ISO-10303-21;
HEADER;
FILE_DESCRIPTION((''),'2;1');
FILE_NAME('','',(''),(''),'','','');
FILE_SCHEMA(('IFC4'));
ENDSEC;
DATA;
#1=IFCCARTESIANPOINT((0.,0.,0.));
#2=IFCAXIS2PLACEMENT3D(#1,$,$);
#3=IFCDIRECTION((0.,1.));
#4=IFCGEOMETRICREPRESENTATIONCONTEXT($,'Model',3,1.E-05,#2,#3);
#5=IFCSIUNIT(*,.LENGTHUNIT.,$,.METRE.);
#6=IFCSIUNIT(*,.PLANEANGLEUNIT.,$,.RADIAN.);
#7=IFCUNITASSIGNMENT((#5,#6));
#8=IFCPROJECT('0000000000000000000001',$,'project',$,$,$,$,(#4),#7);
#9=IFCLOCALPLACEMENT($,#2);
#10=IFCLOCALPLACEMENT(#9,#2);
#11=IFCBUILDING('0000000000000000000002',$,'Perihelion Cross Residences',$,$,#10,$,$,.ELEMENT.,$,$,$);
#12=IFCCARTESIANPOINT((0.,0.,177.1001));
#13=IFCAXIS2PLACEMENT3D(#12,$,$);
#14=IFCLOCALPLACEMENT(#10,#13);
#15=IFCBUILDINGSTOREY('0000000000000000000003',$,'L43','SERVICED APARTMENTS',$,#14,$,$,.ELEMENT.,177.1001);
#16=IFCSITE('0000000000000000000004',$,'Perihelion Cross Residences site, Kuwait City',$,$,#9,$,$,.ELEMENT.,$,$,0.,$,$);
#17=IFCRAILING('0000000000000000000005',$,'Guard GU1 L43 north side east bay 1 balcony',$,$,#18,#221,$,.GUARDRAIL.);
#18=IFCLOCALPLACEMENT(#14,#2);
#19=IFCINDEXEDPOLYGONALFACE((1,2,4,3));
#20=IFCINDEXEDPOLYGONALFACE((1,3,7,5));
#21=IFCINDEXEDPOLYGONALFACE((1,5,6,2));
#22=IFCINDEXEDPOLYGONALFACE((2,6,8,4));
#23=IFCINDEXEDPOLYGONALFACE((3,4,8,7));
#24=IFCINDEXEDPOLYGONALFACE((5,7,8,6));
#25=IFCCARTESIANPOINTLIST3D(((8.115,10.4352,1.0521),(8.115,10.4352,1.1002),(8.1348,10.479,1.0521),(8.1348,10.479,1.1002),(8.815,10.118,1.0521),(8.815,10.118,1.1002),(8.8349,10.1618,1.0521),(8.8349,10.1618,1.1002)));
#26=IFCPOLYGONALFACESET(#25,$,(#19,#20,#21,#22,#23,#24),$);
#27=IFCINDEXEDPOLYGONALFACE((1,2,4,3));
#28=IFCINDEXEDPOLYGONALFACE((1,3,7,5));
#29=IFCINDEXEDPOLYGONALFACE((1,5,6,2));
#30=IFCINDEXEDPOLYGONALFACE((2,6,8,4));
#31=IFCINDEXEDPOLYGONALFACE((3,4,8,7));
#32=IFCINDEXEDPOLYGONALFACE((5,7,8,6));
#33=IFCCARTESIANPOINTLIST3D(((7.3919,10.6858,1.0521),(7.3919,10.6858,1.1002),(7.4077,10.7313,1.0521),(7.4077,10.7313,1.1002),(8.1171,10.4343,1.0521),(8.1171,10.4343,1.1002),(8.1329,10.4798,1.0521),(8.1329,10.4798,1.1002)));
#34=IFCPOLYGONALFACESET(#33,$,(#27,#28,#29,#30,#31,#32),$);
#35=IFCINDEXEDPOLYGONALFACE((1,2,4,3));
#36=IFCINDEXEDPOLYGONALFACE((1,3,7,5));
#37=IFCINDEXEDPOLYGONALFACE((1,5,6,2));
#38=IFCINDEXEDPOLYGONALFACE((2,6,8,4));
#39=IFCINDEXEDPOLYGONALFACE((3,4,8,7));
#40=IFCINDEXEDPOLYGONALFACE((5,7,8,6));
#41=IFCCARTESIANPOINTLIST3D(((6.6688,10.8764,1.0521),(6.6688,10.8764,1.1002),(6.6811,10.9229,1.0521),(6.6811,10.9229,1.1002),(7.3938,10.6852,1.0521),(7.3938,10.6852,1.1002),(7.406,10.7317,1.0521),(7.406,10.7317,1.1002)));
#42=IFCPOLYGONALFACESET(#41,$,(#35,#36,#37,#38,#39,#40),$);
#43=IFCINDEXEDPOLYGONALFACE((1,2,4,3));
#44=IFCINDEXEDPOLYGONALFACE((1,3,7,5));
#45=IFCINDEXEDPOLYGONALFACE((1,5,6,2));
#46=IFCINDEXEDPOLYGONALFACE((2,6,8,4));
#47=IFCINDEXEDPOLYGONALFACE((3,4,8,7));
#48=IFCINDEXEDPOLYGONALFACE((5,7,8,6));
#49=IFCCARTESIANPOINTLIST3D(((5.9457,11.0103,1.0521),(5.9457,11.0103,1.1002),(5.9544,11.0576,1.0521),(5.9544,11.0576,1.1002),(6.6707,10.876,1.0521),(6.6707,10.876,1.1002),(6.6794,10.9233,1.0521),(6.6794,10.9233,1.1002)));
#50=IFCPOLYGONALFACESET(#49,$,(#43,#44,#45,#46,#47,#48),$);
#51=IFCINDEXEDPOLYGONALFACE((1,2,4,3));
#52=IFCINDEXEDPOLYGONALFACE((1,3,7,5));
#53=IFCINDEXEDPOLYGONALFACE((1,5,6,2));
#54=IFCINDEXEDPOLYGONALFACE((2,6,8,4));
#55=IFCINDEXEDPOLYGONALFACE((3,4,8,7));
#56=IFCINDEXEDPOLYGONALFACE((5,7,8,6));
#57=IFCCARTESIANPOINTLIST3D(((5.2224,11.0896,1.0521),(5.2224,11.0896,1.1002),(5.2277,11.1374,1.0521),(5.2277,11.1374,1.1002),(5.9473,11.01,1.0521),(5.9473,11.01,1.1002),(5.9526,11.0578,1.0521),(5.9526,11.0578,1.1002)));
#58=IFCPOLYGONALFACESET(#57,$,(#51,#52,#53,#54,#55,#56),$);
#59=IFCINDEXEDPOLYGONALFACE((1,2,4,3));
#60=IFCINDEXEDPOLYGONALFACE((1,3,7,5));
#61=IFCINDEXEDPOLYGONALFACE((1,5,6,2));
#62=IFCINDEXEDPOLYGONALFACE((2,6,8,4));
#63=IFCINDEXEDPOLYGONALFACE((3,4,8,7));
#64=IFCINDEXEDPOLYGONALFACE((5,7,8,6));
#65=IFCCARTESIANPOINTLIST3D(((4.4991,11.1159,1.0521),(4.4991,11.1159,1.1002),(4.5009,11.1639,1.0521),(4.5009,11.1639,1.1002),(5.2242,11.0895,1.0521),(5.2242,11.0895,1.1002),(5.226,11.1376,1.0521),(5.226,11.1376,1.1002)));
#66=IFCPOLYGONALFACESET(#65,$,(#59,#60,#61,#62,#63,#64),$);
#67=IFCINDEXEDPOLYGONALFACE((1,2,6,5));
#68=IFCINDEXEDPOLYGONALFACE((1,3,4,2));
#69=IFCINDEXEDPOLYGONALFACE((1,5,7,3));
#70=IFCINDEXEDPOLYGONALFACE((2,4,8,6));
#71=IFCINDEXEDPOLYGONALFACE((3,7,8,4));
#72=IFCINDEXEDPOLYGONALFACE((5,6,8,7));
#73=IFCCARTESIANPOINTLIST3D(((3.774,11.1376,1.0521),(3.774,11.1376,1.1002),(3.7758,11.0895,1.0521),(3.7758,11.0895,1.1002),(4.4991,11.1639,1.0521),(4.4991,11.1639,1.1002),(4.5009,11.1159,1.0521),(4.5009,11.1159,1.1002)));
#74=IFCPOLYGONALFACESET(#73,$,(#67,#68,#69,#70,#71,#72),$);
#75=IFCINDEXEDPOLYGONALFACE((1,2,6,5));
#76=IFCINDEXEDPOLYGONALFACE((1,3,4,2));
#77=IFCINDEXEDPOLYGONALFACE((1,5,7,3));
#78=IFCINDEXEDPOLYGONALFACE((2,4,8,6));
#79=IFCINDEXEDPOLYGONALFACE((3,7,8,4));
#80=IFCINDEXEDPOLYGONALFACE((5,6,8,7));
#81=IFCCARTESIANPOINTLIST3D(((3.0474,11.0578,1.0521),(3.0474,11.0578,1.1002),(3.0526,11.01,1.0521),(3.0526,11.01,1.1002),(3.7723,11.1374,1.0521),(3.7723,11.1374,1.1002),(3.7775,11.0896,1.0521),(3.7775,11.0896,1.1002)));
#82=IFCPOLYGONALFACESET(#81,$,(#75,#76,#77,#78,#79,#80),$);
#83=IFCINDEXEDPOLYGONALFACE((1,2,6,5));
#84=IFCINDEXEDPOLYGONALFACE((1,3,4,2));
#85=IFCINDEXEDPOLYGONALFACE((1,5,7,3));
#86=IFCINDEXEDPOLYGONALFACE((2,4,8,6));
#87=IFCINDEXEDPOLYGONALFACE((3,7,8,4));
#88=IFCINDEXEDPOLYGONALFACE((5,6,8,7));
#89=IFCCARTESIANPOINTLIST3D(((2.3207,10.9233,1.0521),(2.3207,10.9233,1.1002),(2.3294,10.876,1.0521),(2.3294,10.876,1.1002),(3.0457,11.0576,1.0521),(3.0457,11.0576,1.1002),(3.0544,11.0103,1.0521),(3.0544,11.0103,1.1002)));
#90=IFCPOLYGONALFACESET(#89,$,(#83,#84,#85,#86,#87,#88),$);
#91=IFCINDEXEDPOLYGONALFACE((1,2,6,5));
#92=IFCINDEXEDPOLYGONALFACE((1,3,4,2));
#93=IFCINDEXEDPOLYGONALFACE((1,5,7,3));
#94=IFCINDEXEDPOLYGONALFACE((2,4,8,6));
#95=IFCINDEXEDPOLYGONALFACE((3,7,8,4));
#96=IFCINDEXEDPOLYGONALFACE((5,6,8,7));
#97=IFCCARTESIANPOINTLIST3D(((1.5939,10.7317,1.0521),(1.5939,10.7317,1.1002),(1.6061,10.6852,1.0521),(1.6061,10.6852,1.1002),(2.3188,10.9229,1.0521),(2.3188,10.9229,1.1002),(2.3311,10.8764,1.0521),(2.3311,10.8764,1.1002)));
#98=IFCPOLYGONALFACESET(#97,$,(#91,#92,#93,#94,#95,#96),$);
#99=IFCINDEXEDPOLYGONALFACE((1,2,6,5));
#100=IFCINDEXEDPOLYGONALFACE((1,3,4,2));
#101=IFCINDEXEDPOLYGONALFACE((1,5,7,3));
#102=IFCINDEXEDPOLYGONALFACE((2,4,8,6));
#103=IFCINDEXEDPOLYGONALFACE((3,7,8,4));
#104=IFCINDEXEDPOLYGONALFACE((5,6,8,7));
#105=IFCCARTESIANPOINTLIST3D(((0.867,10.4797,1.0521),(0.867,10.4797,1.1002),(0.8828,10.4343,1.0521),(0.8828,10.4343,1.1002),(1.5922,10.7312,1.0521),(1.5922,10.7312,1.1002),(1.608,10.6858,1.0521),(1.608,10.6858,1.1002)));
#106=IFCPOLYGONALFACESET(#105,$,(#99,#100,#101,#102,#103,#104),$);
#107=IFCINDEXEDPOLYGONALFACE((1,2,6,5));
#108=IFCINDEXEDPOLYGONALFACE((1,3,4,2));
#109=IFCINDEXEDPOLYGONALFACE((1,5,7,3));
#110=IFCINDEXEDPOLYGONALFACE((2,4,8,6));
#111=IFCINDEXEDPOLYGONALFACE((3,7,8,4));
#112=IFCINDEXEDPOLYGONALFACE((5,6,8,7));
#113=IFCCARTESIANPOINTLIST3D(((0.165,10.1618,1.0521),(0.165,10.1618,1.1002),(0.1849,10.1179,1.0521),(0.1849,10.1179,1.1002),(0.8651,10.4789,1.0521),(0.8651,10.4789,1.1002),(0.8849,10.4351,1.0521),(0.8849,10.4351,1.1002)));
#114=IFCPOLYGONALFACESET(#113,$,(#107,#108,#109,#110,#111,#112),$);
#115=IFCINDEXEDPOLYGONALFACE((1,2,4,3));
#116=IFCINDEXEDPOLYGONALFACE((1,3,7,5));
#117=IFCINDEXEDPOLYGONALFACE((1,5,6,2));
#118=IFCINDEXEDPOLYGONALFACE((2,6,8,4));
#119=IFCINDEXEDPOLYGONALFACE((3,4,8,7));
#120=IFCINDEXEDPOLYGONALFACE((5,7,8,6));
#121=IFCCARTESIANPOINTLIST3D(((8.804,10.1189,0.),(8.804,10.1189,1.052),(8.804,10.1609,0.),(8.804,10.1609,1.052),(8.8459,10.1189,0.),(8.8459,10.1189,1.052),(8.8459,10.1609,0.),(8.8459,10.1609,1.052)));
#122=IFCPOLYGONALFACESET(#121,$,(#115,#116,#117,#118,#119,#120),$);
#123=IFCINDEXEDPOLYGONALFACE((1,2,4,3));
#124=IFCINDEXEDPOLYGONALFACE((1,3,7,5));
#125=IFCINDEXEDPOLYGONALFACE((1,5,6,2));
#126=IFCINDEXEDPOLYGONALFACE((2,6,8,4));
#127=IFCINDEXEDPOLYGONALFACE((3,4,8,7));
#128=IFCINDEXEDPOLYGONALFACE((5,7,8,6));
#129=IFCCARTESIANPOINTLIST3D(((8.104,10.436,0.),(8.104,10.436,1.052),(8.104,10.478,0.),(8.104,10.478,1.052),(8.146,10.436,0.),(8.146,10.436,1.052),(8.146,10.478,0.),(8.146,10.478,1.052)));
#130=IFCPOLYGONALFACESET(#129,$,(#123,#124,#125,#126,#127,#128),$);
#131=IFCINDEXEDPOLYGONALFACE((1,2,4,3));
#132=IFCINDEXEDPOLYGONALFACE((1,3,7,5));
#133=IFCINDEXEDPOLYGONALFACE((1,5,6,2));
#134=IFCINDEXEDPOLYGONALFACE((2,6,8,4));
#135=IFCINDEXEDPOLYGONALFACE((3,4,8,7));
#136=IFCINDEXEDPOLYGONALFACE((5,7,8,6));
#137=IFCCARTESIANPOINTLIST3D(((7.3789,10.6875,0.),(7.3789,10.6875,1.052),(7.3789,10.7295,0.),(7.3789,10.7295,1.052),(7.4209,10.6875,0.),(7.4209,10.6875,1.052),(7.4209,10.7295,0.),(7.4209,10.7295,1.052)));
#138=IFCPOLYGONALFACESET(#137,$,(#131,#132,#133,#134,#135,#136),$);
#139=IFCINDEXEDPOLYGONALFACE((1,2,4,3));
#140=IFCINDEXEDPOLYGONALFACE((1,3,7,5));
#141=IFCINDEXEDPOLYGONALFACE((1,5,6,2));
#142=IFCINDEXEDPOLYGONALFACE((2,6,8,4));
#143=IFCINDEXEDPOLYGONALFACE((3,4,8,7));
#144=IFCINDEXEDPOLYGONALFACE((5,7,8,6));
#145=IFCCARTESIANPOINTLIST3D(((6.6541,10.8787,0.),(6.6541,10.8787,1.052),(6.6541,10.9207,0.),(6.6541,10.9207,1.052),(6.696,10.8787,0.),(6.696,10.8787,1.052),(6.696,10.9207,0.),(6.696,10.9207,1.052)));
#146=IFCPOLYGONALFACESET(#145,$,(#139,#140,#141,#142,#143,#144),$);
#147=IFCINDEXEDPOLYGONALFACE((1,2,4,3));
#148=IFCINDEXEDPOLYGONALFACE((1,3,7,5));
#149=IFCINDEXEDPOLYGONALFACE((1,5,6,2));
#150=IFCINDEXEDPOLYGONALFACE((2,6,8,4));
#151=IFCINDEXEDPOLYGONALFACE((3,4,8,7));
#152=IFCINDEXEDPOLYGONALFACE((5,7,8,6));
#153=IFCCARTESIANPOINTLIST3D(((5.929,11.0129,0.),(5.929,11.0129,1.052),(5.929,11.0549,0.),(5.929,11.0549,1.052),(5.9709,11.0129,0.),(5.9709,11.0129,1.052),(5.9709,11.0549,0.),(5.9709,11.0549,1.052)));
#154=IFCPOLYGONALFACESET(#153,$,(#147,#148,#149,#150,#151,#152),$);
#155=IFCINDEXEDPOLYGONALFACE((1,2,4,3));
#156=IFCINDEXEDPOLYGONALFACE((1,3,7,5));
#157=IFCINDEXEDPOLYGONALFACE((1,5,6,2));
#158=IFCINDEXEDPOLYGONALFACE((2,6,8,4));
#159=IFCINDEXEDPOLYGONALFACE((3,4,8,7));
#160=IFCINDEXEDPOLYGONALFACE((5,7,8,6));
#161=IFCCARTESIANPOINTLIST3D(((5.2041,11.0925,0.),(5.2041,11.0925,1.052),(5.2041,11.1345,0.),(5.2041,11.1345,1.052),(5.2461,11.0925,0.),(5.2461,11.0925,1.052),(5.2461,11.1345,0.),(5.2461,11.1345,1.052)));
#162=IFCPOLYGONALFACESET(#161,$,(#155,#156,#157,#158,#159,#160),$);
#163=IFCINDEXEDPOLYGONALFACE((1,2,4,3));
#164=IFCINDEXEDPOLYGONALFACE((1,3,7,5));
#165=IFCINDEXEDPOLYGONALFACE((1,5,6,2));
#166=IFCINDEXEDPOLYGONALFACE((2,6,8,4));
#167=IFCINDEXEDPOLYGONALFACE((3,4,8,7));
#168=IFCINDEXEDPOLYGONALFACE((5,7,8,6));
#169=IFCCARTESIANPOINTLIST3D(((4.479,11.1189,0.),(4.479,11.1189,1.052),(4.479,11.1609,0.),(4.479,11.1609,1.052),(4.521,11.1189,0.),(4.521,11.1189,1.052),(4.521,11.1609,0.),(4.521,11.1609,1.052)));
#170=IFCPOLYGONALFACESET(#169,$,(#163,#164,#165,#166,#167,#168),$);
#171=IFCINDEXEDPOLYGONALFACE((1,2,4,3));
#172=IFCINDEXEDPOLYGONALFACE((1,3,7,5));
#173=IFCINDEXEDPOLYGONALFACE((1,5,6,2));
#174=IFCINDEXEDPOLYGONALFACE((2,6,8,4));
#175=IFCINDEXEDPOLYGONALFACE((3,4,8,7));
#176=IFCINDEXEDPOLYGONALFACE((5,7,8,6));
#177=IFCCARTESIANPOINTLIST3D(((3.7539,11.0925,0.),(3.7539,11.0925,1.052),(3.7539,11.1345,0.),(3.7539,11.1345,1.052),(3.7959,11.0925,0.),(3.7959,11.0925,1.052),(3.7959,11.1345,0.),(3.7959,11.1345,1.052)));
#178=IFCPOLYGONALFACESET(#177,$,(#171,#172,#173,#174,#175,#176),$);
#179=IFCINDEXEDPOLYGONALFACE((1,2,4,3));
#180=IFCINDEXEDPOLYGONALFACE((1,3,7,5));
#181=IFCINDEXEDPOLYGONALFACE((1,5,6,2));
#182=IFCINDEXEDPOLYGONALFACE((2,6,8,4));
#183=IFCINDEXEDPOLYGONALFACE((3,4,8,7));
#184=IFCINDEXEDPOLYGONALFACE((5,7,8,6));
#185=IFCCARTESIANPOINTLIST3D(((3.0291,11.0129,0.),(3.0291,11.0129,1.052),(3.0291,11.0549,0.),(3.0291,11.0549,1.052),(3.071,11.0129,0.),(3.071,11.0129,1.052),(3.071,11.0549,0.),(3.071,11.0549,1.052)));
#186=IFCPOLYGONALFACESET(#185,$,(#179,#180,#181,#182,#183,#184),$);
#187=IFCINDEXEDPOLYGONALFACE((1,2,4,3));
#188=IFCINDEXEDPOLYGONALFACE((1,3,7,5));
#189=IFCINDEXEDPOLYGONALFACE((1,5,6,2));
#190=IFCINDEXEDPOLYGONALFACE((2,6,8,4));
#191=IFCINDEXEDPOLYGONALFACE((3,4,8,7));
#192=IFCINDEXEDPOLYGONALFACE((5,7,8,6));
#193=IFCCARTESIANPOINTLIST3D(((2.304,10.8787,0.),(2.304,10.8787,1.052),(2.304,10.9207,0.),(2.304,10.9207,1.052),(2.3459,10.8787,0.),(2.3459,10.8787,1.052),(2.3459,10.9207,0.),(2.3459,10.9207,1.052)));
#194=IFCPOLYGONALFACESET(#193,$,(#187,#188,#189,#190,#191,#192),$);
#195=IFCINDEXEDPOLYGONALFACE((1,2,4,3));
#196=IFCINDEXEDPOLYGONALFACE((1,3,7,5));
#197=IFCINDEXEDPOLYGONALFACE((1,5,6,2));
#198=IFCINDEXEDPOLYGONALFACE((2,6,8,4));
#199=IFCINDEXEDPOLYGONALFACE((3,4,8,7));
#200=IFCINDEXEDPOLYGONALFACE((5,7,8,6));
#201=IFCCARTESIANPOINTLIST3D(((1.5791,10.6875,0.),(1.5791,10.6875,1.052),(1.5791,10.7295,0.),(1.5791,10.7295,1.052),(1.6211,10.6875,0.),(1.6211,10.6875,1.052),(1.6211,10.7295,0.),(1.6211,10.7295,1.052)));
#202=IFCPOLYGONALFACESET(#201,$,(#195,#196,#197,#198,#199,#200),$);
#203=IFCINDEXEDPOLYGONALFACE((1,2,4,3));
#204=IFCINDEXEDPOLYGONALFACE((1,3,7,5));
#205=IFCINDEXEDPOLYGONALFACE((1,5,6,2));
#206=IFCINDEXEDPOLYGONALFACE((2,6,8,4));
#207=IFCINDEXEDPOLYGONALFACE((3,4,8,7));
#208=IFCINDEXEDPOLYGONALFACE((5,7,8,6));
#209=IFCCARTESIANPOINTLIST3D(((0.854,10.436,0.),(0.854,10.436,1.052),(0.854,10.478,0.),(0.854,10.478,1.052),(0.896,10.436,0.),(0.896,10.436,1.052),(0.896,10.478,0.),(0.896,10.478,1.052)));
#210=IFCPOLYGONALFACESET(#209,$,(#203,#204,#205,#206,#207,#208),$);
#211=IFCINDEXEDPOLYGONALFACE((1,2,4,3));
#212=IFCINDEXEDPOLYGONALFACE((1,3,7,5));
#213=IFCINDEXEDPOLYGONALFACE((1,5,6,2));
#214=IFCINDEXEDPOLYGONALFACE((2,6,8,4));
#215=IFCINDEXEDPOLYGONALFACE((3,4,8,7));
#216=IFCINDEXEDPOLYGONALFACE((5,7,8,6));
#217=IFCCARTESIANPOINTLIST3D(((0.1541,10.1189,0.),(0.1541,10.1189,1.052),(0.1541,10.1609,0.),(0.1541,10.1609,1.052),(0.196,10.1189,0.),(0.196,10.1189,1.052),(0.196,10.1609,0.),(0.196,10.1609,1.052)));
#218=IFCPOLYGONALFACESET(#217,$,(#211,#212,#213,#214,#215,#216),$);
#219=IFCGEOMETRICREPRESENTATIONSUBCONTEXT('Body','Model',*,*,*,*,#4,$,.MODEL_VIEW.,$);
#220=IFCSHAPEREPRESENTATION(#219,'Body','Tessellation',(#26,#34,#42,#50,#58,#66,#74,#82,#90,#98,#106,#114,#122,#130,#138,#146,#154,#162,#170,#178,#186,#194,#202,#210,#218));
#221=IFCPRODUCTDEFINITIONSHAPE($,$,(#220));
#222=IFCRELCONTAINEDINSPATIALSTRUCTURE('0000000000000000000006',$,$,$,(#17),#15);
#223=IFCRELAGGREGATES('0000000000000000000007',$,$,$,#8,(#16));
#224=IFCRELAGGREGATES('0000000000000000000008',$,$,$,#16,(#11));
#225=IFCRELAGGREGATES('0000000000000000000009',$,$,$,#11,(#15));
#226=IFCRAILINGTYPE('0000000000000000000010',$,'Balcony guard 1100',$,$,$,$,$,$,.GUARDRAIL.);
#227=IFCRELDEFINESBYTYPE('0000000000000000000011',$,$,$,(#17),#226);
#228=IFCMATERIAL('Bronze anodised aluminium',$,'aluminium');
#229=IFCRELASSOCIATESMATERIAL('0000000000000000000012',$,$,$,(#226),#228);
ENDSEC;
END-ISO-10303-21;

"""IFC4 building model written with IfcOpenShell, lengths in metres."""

from ifc_helpers import new_model, si_unit, direction, frame, origin, origin_2d, place, context, subcontext, project, spatial, rectangle, extrude, material, type_object, element, save


model = new_model("IFC4")

# Units and contexts
model_context = context("Model", 3, precision=1e-05, world=origin(), true_north=direction((0.0, 1.0)))
body_context = subcontext(model_context, "Body", "Model", "MODEL_VIEW")
ifc_project = project(units=[si_unit("LENGTHUNIT", "METRE"), si_unit("PLANEANGLEUNIT", "RADIAN")], contexts=[model_context])

# Site, building, storey
site_placement = place(None, origin())
site = spatial("IfcSite", under=ifc_project, at=site_placement, Name="Perihelion Cross Residences site, Kuwait City", CompositionType="ELEMENT", RefElevation=0.0)
building_placement = place(site_placement, origin())
building = spatial("IfcBuilding", under=site, at=building_placement, Name="Perihelion Cross Residences", CompositionType="ELEMENT")
storey_placement = place(building_placement, frame((0.0, 0.0, 177.1001)))
storey = spatial("IfcBuildingStorey", under=building, at=storey_placement, Name="L43", Description="SERVICED APARTMENTS", CompositionType="ELEMENT", Elevation=177.1001)

# Railing
ifc_material_1 = material(Name="Bronze anodised aluminium", Category="aluminium")
railing_type = type_object("IfcRailingType", Name="Balcony guard 1100", PredefinedType="GUARDRAIL", material=ifc_material_1)
railing_placement = place(storey_placement, frame((8.825, 10.1399, 0.0)))
element("IfcRailing", 1, at=railing_placement, inside=storey, type_object=railing_type, Name="Guard GU1 L43 north side east bay 1 balcony", PredefinedType="GUARDRAIL", context=body_context, shape_type="SweptSolid", body=[
    extrude(rectangle(XDim=0.0481, YDim=0.0481, at=origin_2d()), frame((0.0, 0.0, 1.0762), z_axis=(-0.910866, 0.412702, 0.0), x_axis=(-0.412702, -0.910866, 0.0)), (0.0, 0.0, 1.0), 0.7686),
    extrude(rectangle(XDim=0.0481, YDim=0.0481, at=origin_2d()), frame((-0.7, 0.3171, 1.0762), z_axis=(-0.944797, 0.327657, 0.0), x_axis=(-0.327657, -0.944797, 0.0)), (0.0, 0.0, 1.0), 0.7676),
    extrude(rectangle(XDim=0.0481, YDim=0.0481, at=origin_2d()), frame((-1.425, 0.5686, 1.0762), z_axis=(-0.966939, 0.255006, 0.0), x_axis=(-0.255006, -0.966939, 0.0)), (0.0, 0.0, 1.0), 0.7498),
    extrude(rectangle(XDim=0.0481, YDim=0.0481, at=origin_2d()), frame((-2.1499, 0.7598, 1.0762), z_axis=(-0.983282, 0.182089, 0.0), x_axis=(-0.182089, -0.983282, 0.0)), (0.0, 0.0, 1.0), 0.7373),
    extrude(rectangle(XDim=0.0481, YDim=0.0481, at=origin_2d()), frame((-2.875, 0.894, 1.0762), z_axis=(-0.994026, 0.109145, 0.0), x_axis=(-0.109145, -0.994026, 0.0)), (0.0, 0.0, 1.0), 0.7292),
    extrude(rectangle(XDim=0.0481, YDim=0.0481, at=origin_2d()), frame((-3.5999, 0.9736, 1.0762), z_axis=(-0.999339, 0.03634, 0.0), x_axis=(-0.03634, -0.999339, 0.0)), (0.0, 0.0, 1.0), 0.7256),
    extrude(rectangle(XDim=0.0481, YDim=0.0481, at=origin_2d()), frame((-4.325, 1.0, 1.0762), z_axis=(-0.999339, -0.03634, 0.0), x_axis=(0.03634, -0.999339, 0.0)), (0.0, 0.0, 1.0), 0.7256),
    extrude(rectangle(XDim=0.0481, YDim=0.0481, at=origin_2d()), frame((-5.05, 0.9736, 1.0762), z_axis=(-0.994026, -0.109145, 0.0), x_axis=(0.109145, -0.994026, 0.0)), (0.0, 0.0, 1.0), 0.7292),
    extrude(rectangle(XDim=0.0481, YDim=0.0481, at=origin_2d()), frame((-5.7749, 0.894, 1.0762), z_axis=(-0.983282, -0.182089, 0.0), x_axis=(0.182089, -0.983282, 0.0)), (0.0, 0.0, 1.0), 0.7373),
    extrude(rectangle(XDim=0.0481, YDim=0.0481, at=origin_2d()), frame((-6.5, 0.7598, 1.0762), z_axis=(-0.966939, -0.255006, 0.0), x_axis=(0.255006, -0.966939, 0.0)), (0.0, 0.0, 1.0), 0.7498),
    extrude(rectangle(XDim=0.0481, YDim=0.0481, at=origin_2d()), frame((-7.2249, 0.5686, 1.0762), z_axis=(-0.944797, -0.327657, 0.0), x_axis=(0.327657, -0.944797, 0.0)), (0.0, 0.0, 1.0), 0.7676),
    extrude(rectangle(XDim=0.0481, YDim=0.0481, at=origin_2d()), frame((-7.95, 0.3171, 1.0762), z_axis=(-0.910866, -0.412702, 0.0), x_axis=(0.412702, -0.910866, 0.0)), (0.0, 0.0, 1.0), 0.7686),
    extrude(rectangle(XDim=0.042, YDim=0.042, at=origin_2d()), origin(), (0.0, 0.0, 1.0), 1.052),
    extrude(rectangle(XDim=0.042, YDim=0.042, at=origin_2d()), frame((-0.7, 0.3171, 0.0)), (0.0, 0.0, 1.0), 1.052),
    extrude(rectangle(XDim=0.042, YDim=0.042, at=origin_2d()), frame((-1.425, 0.5686, 0.0)), (0.0, 0.0, 1.0), 1.052),
    extrude(rectangle(XDim=0.042, YDim=0.042, at=origin_2d()), frame((-2.1499, 0.7598, 0.0)), (0.0, 0.0, 1.0), 1.052),
    extrude(rectangle(XDim=0.042, YDim=0.042, at=origin_2d()), frame((-2.875, 0.894, 0.0)), (0.0, 0.0, 1.0), 1.052),
    extrude(rectangle(XDim=0.042, YDim=0.042, at=origin_2d()), frame((-3.5999, 0.9736, 0.0)), (0.0, 0.0, 1.0), 1.052),
    extrude(rectangle(XDim=0.042, YDim=0.042, at=origin_2d()), frame((-4.325, 1.0, 0.0)), (0.0, 0.0, 1.0), 1.052),
    extrude(rectangle(XDim=0.042, YDim=0.042, at=origin_2d()), frame((-5.05, 0.9736, 0.0)), (0.0, 0.0, 1.0), 1.052),
    extrude(rectangle(XDim=0.042, YDim=0.042, at=origin_2d()), frame((-5.7749, 0.894, 0.0)), (0.0, 0.0, 1.0), 1.052),
    extrude(rectangle(XDim=0.042, YDim=0.042, at=origin_2d()), frame((-6.5, 0.7598, 0.0)), (0.0, 0.0, 1.0), 1.052),
    extrude(rectangle(XDim=0.042, YDim=0.042, at=origin_2d()), frame((-7.2249, 0.5686, 0.0)), (0.0, 0.0, 1.0), 1.052),
    extrude(rectangle(XDim=0.042, YDim=0.042, at=origin_2d()), frame((-7.95, 0.3171, 0.0)), (0.0, 0.0, 1.0), 1.052),
    extrude(rectangle(XDim=0.042, YDim=0.042, at=origin_2d()), frame((-8.6499, 0.0, 0.0)), (0.0, 0.0, 1.0), 1.052),
])

save(model, "model.ifc")
